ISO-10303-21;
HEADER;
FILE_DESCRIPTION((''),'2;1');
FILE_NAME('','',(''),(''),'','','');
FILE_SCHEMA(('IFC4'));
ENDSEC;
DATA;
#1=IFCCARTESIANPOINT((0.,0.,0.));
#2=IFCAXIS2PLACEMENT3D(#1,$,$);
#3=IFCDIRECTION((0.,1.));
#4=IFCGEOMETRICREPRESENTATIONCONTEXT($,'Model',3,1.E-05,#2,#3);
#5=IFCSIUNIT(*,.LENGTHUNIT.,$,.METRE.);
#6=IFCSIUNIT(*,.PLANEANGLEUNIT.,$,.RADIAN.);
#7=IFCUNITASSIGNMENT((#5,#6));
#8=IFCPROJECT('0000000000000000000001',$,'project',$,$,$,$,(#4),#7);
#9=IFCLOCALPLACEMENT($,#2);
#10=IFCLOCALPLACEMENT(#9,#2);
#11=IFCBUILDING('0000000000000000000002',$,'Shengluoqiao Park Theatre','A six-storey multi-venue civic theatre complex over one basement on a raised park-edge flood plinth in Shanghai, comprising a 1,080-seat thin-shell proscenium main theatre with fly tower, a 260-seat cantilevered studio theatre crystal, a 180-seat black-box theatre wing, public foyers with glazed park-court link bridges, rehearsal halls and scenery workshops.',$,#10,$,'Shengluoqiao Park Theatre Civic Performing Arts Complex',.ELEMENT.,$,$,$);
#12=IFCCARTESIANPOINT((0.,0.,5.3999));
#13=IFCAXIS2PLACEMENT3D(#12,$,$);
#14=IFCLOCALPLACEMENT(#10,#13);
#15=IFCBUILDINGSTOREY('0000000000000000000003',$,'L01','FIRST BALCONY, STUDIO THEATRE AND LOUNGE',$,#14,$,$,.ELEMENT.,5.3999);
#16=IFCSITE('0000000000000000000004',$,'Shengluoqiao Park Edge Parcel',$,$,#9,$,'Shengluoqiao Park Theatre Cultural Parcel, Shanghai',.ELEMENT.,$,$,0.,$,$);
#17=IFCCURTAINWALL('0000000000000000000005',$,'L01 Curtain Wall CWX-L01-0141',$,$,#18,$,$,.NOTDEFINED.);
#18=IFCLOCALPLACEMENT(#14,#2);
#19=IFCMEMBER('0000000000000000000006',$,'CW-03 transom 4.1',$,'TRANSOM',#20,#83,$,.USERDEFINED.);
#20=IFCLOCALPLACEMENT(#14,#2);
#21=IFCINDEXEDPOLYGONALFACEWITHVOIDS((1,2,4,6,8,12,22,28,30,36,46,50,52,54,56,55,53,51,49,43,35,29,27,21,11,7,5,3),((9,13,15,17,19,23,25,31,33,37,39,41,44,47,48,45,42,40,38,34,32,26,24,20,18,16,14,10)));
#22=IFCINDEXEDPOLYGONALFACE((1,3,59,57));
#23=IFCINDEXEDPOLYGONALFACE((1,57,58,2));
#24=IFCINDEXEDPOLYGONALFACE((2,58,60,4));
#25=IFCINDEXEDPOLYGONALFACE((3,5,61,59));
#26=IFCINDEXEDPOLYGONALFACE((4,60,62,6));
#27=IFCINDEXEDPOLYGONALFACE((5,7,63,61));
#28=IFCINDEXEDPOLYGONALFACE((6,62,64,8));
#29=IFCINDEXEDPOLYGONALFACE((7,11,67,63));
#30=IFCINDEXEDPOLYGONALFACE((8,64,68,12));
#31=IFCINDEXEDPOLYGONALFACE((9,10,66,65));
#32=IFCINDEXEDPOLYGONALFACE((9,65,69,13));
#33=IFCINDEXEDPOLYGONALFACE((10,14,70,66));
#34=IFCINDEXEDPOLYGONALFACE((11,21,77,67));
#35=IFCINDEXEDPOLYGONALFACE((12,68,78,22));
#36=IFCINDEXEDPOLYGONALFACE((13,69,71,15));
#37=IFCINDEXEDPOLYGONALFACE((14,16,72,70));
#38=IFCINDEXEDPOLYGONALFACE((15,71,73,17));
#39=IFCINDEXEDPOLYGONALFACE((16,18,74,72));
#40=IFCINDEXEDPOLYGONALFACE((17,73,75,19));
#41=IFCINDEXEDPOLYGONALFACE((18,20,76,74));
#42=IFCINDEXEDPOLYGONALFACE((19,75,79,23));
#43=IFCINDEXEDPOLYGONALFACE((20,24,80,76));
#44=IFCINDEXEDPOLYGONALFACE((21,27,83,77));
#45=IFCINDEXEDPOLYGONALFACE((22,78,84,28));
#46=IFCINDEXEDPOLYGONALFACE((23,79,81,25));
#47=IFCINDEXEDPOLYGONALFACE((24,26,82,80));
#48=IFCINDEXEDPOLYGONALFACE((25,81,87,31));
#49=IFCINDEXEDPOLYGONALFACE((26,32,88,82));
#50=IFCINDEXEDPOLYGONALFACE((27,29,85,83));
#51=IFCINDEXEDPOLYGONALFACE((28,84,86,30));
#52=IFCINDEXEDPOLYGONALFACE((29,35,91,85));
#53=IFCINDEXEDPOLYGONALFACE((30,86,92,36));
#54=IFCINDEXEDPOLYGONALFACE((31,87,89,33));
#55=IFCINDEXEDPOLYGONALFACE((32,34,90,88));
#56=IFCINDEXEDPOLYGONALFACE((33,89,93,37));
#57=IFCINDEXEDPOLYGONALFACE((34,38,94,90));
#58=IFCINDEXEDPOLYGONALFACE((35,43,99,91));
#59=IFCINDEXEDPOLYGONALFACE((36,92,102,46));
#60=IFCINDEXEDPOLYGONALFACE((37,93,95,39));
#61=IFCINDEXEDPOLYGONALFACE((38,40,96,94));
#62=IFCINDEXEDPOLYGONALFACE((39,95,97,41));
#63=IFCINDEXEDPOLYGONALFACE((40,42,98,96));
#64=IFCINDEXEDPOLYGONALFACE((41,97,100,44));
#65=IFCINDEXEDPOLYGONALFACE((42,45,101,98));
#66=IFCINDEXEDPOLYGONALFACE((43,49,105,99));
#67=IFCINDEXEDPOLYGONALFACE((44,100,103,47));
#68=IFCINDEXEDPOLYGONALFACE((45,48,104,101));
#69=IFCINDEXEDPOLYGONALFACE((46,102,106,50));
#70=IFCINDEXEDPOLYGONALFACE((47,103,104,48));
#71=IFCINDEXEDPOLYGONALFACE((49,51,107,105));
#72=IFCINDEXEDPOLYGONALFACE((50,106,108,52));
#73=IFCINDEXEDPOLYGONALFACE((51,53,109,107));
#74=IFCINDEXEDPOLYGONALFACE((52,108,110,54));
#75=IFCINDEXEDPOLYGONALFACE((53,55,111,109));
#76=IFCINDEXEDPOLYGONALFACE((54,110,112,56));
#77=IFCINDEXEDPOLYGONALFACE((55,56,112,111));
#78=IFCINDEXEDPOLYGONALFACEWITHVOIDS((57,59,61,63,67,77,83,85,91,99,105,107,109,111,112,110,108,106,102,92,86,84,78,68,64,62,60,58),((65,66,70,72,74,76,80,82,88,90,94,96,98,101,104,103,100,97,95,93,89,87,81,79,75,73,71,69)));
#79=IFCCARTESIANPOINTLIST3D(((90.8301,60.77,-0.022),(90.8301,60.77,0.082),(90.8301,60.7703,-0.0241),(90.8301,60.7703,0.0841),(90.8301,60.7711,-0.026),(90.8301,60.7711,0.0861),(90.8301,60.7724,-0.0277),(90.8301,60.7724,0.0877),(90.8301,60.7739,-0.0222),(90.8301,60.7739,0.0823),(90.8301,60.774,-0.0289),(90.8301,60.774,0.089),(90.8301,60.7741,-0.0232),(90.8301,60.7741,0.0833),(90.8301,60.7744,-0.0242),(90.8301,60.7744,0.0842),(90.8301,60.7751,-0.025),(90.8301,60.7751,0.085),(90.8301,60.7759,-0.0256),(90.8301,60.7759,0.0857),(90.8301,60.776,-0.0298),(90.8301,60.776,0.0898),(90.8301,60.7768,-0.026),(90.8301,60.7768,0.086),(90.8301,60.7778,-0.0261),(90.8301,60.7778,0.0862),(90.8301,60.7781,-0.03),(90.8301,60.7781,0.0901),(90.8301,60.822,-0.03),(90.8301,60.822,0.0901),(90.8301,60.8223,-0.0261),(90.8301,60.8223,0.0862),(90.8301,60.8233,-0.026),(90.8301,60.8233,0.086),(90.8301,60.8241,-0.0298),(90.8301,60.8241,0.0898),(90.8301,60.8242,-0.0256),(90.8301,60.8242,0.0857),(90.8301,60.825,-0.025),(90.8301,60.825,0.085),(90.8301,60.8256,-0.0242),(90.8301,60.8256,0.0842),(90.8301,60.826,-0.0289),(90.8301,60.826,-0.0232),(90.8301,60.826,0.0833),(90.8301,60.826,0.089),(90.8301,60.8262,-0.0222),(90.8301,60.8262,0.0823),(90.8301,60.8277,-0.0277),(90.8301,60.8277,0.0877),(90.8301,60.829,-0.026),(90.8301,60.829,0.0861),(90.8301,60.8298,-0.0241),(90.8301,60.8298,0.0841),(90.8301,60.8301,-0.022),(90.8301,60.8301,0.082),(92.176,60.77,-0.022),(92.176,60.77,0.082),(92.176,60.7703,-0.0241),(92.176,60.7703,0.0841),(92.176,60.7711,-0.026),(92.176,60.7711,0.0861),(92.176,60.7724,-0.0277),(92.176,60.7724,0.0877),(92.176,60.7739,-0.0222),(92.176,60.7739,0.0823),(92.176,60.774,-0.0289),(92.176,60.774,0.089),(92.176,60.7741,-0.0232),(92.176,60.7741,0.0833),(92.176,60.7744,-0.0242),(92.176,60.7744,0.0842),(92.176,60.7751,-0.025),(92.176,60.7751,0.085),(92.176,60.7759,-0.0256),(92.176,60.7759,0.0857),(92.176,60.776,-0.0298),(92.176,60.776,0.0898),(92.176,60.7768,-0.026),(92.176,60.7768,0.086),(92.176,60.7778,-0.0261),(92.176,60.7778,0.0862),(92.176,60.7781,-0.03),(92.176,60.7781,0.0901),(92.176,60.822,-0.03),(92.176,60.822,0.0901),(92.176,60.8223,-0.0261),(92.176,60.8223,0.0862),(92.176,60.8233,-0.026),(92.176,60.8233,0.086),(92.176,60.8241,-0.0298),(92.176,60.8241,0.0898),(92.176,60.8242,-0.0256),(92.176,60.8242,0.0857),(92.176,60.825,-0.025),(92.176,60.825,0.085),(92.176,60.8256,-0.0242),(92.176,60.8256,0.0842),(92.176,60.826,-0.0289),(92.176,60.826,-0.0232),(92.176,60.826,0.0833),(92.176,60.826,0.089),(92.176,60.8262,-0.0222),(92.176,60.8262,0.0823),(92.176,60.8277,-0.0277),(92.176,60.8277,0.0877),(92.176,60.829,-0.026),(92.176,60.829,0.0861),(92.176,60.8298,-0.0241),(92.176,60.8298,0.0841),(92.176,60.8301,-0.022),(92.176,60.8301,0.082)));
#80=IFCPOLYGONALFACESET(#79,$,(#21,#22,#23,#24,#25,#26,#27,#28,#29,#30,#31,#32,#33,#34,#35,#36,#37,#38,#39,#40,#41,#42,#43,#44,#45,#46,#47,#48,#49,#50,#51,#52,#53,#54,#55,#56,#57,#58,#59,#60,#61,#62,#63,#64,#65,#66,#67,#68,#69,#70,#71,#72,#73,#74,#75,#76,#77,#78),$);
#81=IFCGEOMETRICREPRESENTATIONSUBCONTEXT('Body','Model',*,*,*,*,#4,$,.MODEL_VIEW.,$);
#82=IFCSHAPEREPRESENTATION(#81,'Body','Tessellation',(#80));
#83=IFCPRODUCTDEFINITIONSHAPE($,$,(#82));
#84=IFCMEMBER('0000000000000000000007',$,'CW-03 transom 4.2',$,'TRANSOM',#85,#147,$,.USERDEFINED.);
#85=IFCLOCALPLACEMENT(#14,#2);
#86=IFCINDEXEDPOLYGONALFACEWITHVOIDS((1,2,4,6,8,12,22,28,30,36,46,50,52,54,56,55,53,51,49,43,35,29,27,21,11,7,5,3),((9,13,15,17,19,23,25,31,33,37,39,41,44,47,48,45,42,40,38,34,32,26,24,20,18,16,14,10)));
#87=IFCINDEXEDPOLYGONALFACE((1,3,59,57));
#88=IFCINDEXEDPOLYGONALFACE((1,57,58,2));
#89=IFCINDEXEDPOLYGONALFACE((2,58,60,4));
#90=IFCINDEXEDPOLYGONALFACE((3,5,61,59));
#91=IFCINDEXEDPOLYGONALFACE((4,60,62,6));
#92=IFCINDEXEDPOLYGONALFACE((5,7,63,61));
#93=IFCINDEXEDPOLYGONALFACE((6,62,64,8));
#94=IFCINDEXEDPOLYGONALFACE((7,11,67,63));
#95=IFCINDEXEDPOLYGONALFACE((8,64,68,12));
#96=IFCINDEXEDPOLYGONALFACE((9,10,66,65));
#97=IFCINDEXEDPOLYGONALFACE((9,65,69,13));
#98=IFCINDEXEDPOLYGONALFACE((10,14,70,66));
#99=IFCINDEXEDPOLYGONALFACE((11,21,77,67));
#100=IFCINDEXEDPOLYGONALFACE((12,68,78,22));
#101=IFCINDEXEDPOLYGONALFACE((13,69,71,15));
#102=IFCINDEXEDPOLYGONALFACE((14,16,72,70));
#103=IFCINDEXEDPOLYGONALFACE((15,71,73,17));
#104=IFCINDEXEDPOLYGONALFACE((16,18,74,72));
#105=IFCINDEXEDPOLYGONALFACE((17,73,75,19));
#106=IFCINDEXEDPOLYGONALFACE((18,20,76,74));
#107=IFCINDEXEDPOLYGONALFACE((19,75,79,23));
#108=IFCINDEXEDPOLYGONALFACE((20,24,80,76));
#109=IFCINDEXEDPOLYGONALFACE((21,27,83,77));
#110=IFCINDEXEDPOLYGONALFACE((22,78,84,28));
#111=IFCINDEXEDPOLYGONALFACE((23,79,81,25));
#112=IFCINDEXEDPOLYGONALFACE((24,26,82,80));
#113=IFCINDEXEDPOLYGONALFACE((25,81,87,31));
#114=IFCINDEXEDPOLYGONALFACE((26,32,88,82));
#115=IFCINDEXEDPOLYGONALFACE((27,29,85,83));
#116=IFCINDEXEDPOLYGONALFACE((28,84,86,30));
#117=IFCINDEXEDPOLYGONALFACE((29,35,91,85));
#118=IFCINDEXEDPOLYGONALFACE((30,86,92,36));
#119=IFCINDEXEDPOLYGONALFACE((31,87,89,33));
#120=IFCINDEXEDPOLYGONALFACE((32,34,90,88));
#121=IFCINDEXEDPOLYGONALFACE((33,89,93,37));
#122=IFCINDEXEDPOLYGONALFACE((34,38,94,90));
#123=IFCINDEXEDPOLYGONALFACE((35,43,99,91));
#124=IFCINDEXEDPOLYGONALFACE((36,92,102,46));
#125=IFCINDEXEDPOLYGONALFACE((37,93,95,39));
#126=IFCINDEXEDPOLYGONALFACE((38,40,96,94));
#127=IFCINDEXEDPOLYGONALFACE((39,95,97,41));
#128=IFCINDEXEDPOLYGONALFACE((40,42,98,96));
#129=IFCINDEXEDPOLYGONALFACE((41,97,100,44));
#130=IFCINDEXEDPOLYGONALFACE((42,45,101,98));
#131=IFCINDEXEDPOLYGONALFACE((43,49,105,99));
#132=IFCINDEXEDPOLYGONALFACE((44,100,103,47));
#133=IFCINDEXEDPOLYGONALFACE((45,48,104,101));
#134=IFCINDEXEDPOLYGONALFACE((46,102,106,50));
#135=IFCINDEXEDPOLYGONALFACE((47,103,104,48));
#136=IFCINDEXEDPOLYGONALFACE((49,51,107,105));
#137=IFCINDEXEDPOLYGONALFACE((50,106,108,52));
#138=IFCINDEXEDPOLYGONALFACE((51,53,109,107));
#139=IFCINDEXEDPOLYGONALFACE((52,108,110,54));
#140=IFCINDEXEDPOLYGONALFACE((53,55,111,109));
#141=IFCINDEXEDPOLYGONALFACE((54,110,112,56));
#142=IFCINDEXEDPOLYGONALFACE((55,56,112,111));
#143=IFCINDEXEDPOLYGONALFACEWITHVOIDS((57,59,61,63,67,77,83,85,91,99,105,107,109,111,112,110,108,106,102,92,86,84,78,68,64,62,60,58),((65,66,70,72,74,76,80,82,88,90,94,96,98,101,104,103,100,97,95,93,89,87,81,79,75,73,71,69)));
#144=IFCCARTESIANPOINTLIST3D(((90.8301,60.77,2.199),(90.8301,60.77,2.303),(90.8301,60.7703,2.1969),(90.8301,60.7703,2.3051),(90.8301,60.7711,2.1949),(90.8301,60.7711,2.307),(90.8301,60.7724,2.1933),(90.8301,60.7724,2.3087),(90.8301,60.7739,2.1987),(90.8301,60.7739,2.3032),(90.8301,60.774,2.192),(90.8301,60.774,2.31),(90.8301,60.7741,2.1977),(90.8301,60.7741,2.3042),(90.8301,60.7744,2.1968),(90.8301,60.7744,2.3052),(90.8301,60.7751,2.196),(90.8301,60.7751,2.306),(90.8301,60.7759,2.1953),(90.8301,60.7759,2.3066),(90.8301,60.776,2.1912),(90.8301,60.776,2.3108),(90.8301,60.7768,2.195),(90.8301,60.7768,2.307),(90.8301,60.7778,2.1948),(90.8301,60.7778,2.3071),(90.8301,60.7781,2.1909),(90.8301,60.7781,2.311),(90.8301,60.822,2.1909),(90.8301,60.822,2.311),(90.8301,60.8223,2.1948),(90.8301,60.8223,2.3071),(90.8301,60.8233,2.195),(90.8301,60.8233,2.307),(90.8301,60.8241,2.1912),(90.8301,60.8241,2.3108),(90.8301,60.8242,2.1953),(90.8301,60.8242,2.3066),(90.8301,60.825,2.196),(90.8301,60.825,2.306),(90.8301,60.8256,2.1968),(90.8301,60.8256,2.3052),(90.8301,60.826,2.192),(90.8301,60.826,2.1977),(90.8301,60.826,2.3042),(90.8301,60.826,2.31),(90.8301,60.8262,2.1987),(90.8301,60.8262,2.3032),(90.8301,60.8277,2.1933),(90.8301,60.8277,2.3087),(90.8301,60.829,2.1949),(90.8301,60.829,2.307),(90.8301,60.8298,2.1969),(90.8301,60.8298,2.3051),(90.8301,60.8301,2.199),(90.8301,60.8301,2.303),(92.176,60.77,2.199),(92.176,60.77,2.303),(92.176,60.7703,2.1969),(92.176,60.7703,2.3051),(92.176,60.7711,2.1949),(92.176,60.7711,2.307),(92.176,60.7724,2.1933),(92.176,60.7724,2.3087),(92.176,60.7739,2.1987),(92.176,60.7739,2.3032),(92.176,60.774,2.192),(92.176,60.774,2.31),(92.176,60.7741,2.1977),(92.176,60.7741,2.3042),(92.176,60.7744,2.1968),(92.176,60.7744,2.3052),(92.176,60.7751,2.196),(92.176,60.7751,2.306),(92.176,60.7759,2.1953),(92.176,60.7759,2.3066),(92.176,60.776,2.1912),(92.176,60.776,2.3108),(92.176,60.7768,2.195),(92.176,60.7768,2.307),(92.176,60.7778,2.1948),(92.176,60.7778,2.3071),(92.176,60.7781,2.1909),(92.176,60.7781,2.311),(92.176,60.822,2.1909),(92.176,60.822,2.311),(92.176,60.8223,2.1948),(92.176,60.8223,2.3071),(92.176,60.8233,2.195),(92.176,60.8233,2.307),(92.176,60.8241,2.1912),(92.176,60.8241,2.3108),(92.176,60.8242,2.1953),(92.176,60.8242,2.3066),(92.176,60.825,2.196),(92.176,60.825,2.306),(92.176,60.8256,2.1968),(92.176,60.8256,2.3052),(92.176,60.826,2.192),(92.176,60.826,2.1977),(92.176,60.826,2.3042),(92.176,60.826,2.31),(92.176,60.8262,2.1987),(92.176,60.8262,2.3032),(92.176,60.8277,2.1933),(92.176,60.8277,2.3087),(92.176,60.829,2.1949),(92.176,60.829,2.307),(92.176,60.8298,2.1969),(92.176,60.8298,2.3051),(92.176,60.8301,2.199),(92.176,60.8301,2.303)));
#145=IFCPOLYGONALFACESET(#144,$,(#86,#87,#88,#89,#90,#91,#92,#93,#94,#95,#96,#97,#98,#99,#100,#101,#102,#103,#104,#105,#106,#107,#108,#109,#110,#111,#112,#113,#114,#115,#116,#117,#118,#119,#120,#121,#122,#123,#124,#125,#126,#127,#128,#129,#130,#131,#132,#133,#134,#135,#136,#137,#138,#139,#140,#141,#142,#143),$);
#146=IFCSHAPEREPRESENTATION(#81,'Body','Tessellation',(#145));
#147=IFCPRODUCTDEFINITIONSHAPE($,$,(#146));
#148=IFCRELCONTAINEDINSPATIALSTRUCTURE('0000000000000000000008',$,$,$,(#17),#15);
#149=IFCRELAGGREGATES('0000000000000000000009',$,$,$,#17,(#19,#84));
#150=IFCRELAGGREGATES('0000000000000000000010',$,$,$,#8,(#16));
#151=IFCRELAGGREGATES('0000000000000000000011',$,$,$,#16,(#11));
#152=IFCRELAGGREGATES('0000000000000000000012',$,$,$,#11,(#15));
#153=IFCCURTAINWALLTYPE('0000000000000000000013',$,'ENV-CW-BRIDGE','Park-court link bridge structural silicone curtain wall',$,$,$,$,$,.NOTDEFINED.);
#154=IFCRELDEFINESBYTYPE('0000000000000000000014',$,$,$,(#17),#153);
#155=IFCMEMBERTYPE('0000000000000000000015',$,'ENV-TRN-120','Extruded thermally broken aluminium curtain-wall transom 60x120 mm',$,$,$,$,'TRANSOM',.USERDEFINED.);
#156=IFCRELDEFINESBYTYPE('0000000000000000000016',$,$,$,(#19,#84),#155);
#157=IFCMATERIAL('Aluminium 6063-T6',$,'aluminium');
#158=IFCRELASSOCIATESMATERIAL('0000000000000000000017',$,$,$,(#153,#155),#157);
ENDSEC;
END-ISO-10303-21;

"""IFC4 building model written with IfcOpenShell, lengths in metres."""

from ifc_helpers import new_model, si_unit, direction, frame, origin, origin_2d, place, context, subcontext, project, spatial, hollow_rectangle, extrude, material, material_profile, profile_set, type_object, element, aggregate, save


model = new_model("IFC4")

# Units and contexts
model_context = context("Model", 3, precision=1e-05, world=origin(), true_north=direction((0.0, 1.0)))
body_context = subcontext(model_context, "Body", "Model", "MODEL_VIEW")
ifc_project = project(units=[si_unit("LENGTHUNIT", "METRE"), si_unit("PLANEANGLEUNIT", "RADIAN")], contexts=[model_context])

# Site, building, storey
site_placement = place(None, origin())
site = spatial("IfcSite", under=ifc_project, at=site_placement, Name="Shengluoqiao Park Edge Parcel", LongName="Shengluoqiao Park Theatre Cultural Parcel, Shanghai", CompositionType="ELEMENT", RefElevation=0.0)
building_placement = place(site_placement, origin())
building = spatial("IfcBuilding", under=site, at=building_placement, Name="Shengluoqiao Park Theatre", Description="A six-storey multi-venue civic theatre complex over one basement on a raised park-edge flood plinth in Shanghai, comprising a 1,080-seat thin-shell proscenium main theatre with fly tower, a 260-seat cantilevered studio theatre crystal, a 180-seat black-box theatre wing, public foyers with glazed park-court link bridges, rehearsal halls and scenery workshops.", LongName="Shengluoqiao Park Theatre Civic Performing Arts Complex", CompositionType="ELEMENT")
storey_placement = place(building_placement, frame((0.0, 0.0, 5.3999)))
storey = spatial("IfcBuildingStorey", under=building, at=storey_placement, Name="L01", Description="FIRST BALCONY, STUDIO THEATRE AND LOUNGE", CompositionType="ELEMENT", Elevation=5.3999)

# Shared definitions
ifc_material_1 = material(Name="Aluminium 6063-T6", Category="aluminium")
curtain_wall_type = type_object("IfcCurtainWallType", Name="ENV-CW-BRIDGE", Description="Park-court link bridge structural silicone curtain wall", PredefinedType="NOTDEFINED", material=ifc_material_1)

# Curtain wall
curtain_wall_1_placement = place(storey_placement, origin())
curtain_wall_1 = element("IfcCurtainWall", 1, at=curtain_wall_1_placement, inside=storey, type_object=curtain_wall_type, Name="L01 Curtain Wall CWX-L01-0141", PredefinedType="NOTDEFINED")

# Members
ifc_material_profile_1 = material_profile(ifc_material_1, hollow_rectangle(XDim=0.0601, YDim=0.1201, WallThickness=0.0039, InnerFilletRadius=0.0039, OuterFilletRadius=0.0081, at=origin_2d()), Name="ALU TRANSOM 120x60x4")
ifc_profile_set_1 = profile_set([ifc_material_profile_1], Name="Aluminium 6063-T6")
member_type_1 = type_object("IfcMemberType", Name="ENV-TRN-120", Description="Extruded thermally broken aluminium curtain-wall transom 60x120 mm", ElementType="TRANSOM", PredefinedType="USERDEFINED", material=ifc_profile_set_1)
member_1_placement = place(storey_placement, frame((90.8301, 60.8, 0.03), z_axis=(1.0, 0.0, 0.0), x_axis=(0.0, 1.0, 0.0)))
member_1 = element("IfcMember", 2, at=member_1_placement, type_object=member_type_1, Name="CW-03 transom 4.1", ObjectType="TRANSOM", PredefinedType="USERDEFINED", context=body_context, shape_type="SweptSolid", body=[
    extrude(hollow_rectangle(XDim=0.0601, YDim=0.1201, WallThickness=0.0039, InnerFilletRadius=0.0039, OuterFilletRadius=0.0081, at=origin_2d()), origin(), (0.0, 0.0, 1.0), 1.3459),
])
member_2_placement = place(storey_placement, frame((90.8301, 60.8, 2.251), z_axis=(1.0, 0.0, 0.0), x_axis=(0.0, 1.0, 0.0)))
member_2 = element("IfcMember", 3, at=member_2_placement, type_object=member_type_1, Name="CW-03 transom 4.2", ObjectType="TRANSOM", PredefinedType="USERDEFINED", context=body_context, shape_type="SweptSolid", body=[
    extrude(hollow_rectangle(XDim=0.0601, YDim=0.1201, WallThickness=0.0039, InnerFilletRadius=0.0039, OuterFilletRadius=0.0081, at=origin_2d()), origin(), (0.0, 0.0, 1.0), 1.3459),
])

aggregate(curtain_wall_1, [member_1, member_2])

save(model, "model.ifc")
